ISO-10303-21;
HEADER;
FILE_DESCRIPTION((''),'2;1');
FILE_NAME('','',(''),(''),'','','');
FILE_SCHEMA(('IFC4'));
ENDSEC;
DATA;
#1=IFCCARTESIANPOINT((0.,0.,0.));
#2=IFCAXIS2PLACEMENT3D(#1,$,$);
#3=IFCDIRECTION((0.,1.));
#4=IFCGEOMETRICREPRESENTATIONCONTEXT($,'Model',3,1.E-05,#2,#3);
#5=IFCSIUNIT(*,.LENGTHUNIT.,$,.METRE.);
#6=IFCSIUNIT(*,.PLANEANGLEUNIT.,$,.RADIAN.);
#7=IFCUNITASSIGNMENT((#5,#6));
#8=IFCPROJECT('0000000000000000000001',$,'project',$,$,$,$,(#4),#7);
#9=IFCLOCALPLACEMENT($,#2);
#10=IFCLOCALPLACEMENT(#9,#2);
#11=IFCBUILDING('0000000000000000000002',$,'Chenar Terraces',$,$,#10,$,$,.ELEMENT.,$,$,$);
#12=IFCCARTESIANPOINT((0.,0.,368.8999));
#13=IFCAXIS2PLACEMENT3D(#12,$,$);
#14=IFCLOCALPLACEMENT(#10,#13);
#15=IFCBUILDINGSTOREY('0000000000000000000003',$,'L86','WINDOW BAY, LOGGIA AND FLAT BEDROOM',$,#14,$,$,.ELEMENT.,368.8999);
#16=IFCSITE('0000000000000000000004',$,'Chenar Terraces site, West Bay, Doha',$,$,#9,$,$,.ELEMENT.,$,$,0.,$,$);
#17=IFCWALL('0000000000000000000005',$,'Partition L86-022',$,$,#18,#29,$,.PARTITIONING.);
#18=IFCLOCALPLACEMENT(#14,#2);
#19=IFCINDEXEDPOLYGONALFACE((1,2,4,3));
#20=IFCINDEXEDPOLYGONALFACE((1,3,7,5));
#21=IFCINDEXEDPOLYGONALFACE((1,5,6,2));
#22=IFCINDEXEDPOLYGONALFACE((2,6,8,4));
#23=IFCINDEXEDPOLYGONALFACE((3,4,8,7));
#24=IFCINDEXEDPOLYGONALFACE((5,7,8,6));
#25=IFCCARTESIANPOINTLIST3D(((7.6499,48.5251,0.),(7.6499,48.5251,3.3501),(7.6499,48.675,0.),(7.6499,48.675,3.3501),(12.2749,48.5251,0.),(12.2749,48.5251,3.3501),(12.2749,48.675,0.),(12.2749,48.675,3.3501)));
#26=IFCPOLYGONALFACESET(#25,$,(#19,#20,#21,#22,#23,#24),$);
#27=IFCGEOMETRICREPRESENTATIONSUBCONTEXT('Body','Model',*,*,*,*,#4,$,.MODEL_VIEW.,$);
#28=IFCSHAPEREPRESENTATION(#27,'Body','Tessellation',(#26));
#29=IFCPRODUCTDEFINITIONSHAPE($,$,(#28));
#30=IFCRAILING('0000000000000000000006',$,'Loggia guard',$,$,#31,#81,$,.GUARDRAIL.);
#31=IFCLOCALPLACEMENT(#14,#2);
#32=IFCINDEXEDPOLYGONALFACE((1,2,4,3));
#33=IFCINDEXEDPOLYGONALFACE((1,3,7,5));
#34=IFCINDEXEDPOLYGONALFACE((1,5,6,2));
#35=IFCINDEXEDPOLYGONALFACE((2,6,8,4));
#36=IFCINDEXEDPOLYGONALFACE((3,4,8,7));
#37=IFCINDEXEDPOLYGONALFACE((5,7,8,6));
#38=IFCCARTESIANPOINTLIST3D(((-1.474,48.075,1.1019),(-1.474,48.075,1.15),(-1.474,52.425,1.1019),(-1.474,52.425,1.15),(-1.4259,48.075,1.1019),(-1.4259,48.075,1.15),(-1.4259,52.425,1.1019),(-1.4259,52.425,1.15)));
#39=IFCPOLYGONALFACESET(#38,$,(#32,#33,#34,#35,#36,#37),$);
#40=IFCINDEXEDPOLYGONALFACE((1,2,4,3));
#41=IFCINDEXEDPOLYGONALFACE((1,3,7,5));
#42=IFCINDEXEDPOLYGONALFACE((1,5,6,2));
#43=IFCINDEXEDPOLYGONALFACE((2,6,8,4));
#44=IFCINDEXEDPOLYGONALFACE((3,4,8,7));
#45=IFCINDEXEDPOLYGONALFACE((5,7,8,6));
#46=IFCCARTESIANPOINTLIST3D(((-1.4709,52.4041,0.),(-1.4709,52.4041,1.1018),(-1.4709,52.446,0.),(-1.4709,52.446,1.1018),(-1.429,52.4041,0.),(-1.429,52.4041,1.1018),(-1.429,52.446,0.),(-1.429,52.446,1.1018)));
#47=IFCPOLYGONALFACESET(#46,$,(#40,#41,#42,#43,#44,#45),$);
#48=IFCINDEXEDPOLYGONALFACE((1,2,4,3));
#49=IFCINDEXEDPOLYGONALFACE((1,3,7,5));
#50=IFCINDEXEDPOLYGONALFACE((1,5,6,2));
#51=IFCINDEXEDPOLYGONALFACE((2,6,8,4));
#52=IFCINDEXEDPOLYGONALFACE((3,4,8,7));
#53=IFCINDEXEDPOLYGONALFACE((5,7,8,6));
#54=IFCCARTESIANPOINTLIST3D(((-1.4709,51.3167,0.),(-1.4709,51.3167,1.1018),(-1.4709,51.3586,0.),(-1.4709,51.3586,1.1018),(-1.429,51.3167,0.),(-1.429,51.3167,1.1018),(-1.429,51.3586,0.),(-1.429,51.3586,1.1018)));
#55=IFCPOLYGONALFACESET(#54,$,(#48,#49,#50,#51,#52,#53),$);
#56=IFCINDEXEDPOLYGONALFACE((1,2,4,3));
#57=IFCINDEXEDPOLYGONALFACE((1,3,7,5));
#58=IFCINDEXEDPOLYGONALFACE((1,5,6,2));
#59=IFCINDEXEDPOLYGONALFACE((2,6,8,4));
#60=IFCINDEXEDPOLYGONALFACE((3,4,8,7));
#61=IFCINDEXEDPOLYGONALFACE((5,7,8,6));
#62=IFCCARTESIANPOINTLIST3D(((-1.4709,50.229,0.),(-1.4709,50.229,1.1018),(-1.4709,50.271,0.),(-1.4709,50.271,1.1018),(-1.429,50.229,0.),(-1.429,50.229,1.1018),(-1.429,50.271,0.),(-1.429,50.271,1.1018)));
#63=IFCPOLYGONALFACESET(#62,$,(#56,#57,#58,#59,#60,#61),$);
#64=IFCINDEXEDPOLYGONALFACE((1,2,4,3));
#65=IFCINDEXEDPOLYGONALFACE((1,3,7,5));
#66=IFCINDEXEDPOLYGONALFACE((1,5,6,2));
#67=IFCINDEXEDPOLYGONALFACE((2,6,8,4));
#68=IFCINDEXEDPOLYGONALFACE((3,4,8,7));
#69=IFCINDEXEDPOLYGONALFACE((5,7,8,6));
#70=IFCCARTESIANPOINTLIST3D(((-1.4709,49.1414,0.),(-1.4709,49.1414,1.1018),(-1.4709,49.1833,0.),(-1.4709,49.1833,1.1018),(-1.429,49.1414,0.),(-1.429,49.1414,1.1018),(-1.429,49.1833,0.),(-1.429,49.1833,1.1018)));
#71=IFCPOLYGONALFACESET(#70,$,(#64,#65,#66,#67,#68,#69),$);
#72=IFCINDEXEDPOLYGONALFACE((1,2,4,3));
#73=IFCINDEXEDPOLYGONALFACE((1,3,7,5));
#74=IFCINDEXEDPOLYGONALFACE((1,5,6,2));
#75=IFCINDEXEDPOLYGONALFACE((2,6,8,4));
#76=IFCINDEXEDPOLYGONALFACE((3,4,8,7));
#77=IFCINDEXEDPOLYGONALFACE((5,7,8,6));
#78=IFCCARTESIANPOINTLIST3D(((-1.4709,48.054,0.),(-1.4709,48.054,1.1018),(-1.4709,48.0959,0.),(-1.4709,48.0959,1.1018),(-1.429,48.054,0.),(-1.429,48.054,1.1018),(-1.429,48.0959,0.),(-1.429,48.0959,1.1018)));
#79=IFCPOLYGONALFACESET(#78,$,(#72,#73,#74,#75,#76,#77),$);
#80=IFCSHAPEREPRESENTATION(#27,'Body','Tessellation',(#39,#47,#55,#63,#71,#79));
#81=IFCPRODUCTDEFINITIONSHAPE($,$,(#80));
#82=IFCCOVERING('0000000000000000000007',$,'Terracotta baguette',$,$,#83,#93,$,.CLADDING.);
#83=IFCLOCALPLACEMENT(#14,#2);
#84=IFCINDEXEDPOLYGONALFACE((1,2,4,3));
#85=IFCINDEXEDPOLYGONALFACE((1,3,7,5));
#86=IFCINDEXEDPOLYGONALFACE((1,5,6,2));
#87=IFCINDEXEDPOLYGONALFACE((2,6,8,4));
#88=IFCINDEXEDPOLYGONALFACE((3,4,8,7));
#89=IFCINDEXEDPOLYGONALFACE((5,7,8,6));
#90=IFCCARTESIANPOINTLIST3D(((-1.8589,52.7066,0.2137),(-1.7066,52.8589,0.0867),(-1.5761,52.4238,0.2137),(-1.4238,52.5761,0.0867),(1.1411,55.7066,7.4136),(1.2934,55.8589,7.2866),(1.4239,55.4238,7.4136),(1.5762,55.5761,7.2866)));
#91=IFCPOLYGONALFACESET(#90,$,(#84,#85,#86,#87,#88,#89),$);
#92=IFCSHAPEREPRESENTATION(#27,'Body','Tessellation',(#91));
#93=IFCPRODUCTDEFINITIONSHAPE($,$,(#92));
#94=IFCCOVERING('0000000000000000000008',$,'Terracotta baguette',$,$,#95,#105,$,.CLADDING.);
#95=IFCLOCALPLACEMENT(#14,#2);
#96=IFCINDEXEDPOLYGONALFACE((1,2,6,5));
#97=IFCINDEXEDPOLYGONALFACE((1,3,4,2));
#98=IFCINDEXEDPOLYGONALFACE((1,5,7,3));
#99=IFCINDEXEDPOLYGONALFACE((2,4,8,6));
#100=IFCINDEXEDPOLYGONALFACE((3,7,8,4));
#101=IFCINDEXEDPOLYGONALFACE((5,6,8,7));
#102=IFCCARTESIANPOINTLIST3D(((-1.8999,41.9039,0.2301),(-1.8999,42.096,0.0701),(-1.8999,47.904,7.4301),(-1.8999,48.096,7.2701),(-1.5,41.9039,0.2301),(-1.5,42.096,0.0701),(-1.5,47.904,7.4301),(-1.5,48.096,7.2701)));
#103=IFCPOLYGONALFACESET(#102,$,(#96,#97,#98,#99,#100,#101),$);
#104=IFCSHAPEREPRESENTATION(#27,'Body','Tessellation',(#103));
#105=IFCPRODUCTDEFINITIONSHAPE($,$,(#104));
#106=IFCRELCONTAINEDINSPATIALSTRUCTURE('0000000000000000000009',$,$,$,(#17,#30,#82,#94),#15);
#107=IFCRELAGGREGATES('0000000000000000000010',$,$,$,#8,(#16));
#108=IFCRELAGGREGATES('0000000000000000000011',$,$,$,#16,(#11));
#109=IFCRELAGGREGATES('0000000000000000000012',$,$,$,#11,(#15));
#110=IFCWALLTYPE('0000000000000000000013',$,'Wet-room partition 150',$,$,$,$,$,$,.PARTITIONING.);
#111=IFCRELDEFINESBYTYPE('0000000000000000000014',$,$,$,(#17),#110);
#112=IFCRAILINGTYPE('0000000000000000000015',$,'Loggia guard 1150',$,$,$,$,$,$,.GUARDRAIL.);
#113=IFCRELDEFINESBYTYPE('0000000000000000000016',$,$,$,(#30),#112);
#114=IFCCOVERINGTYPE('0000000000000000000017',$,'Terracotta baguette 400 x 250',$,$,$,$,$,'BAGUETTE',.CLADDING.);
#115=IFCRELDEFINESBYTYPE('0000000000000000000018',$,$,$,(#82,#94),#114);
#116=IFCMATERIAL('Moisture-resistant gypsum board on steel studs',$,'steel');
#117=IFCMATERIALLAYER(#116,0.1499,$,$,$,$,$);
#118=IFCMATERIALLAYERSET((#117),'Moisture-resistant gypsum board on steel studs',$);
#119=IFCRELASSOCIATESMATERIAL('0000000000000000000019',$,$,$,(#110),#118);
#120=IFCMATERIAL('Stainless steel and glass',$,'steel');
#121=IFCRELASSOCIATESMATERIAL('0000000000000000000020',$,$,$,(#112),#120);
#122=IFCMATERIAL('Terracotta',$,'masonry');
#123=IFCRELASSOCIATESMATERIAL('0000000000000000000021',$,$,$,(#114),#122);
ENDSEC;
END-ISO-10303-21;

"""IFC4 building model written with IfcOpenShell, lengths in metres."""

from ifc_helpers import new_model, si_unit, direction, frame, frame_2d, origin, origin_2d, place, context, subcontext, project, spatial, rectangle, extrude, material, layer, layer_set, material_profile, profile_set, type_object, element, save


model = new_model("IFC4")

# Units and contexts
model_context = context("Model", 3, precision=1e-05, world=origin(), true_north=direction((0.0, 1.0)))
body_context = subcontext(model_context, "Body", "Model", "MODEL_VIEW")
ifc_project = project(units=[si_unit("LENGTHUNIT", "METRE"), si_unit("PLANEANGLEUNIT", "RADIAN")], contexts=[model_context])

# Site, building, storey
site_placement = place(None, origin())
site = spatial("IfcSite", under=ifc_project, at=site_placement, Name="Chenar Terraces site, West Bay, Doha", CompositionType="ELEMENT", RefElevation=0.0)
building_placement = place(site_placement, origin())
building = spatial("IfcBuilding", under=site, at=building_placement, Name="Chenar Terraces", CompositionType="ELEMENT")
storey_placement = place(building_placement, frame((0.0, 0.0, 368.8999)))
storey = spatial("IfcBuildingStorey", under=building, at=storey_placement, Name="L86", Description="WINDOW BAY, LOGGIA AND FLAT BEDROOM", CompositionType="ELEMENT", Elevation=368.8999)

# Shared definitions
ifc_material_1 = material(Name="Moisture-resistant gypsum board on steel studs", Category="steel")
ifc_layer_1 = layer(ifc_material_1, 0.1499)
ifc_layer_set_1 = layer_set([ifc_layer_1], Name="Moisture-resistant gypsum board on steel studs")
wall_type_1 = type_object("IfcWallType", Name="Wet-room partition 150", PredefinedType="PARTITIONING", material=ifc_layer_set_1)

# Wall
wall_1_placement = place(storey_placement, frame((7.6499, 48.6001, 0.0), z_axis=(0.0, 0.0, 1.0), x_axis=(1.0, 0.0, 0.0)))
element("IfcWall", 1, at=wall_1_placement, inside=storey, type_object=wall_type_1, Name="Partition L86-022", PredefinedType="PARTITIONING", context=body_context, shape_type="SweptSolid", body=[
    extrude(rectangle(XDim=4.625, YDim=0.1499, at=frame_2d((2.3125, 0.0))), origin(), (0.0, 0.0, 1.0), 3.3501),
])

# Railing
ifc_material_2 = material(Name="Stainless steel and glass", Category="steel")
railing_type = type_object("IfcRailingType", Name="Loggia guard 1150", PredefinedType="GUARDRAIL", material=ifc_material_2)
railing_placement = place(storey_placement, frame((-1.45, 52.425, 0.0)))
element("IfcRailing", 2, at=railing_placement, inside=storey, type_object=railing_type, Name="Loggia guard", PredefinedType="GUARDRAIL", context=body_context, shape_type="SweptSolid", body=[
    extrude(rectangle(XDim=0.0481, YDim=0.0481, at=origin_2d()), frame((0.0, 0.0, 1.126), z_axis=(0.0, -1.0, 0.0), x_axis=(1.0, 0.0, 0.0)), (0.0, 0.0, 1.0), 4.3501),
    extrude(rectangle(XDim=0.042, YDim=0.042, at=origin_2d()), origin(), (0.0, 0.0, 1.0), 1.1018),
    extrude(rectangle(XDim=0.042, YDim=0.042, at=origin_2d()), frame((0.0, -1.0874, 0.0)), (0.0, 0.0, 1.0), 1.1018),
    extrude(rectangle(XDim=0.042, YDim=0.042, at=origin_2d()), frame((0.0, -2.175, 0.0)), (0.0, 0.0, 1.0), 1.1018),
    extrude(rectangle(XDim=0.042, YDim=0.042, at=origin_2d()), frame((0.0, -3.2627, 0.0)), (0.0, 0.0, 1.0), 1.1018),
    extrude(rectangle(XDim=0.042, YDim=0.042, at=origin_2d()), frame((0.0, -4.3501, 0.0)), (0.0, 0.0, 1.0), 1.1018),
])

# Coverings
ifc_material_3 = material(Name="Terracotta", Category="masonry")
ifc_material_profile_1 = material_profile(ifc_material_3, rectangle(XDim=0.3999, YDim=0.25, at=origin_2d()), Name="Terracotta baguette 400 x 250")
ifc_profile_set_1 = profile_set([ifc_material_profile_1], Name="Terracotta")
covering_type = type_object("IfcCoveringType", Name="Terracotta baguette 400 x 250", ElementType="BAGUETTE", PredefinedType="CLADDING", material=ifc_profile_set_1)
covering_1_placement = place(storey_placement, frame((1.3586, 55.6414, 7.3501), z_axis=(-0.358981, -0.358981, -0.861548), x_axis=(0.707107, -0.707107, 0.0)))
element("IfcCovering", 3, at=covering_1_placement, inside=storey, type_object=covering_type, Name="Terracotta baguette", PredefinedType="CLADDING", context=body_context, shape_type="SweptSolid", body=[
    extrude(rectangle(XDim=0.3999, YDim=0.25, at=origin_2d()), origin(), (0.0, 0.0, 1.0), 8.3569),
])
covering_2_placement = place(storey_placement, frame((-1.7, 48.0, 7.3501), z_axis=(0.0, -0.640187, -0.768219), x_axis=(1.0, 0.0, 0.0)))
element("IfcCovering", 4, at=covering_2_placement, inside=storey, type_object=covering_type, Name="Terracotta baguette", PredefinedType="CLADDING", context=body_context, shape_type="SweptSolid", body=[
    extrude(rectangle(XDim=0.3999, YDim=0.25, at=origin_2d()), origin(), (0.0, 0.0, 1.0), 9.3723),
])

save(model, "model.ifc")
